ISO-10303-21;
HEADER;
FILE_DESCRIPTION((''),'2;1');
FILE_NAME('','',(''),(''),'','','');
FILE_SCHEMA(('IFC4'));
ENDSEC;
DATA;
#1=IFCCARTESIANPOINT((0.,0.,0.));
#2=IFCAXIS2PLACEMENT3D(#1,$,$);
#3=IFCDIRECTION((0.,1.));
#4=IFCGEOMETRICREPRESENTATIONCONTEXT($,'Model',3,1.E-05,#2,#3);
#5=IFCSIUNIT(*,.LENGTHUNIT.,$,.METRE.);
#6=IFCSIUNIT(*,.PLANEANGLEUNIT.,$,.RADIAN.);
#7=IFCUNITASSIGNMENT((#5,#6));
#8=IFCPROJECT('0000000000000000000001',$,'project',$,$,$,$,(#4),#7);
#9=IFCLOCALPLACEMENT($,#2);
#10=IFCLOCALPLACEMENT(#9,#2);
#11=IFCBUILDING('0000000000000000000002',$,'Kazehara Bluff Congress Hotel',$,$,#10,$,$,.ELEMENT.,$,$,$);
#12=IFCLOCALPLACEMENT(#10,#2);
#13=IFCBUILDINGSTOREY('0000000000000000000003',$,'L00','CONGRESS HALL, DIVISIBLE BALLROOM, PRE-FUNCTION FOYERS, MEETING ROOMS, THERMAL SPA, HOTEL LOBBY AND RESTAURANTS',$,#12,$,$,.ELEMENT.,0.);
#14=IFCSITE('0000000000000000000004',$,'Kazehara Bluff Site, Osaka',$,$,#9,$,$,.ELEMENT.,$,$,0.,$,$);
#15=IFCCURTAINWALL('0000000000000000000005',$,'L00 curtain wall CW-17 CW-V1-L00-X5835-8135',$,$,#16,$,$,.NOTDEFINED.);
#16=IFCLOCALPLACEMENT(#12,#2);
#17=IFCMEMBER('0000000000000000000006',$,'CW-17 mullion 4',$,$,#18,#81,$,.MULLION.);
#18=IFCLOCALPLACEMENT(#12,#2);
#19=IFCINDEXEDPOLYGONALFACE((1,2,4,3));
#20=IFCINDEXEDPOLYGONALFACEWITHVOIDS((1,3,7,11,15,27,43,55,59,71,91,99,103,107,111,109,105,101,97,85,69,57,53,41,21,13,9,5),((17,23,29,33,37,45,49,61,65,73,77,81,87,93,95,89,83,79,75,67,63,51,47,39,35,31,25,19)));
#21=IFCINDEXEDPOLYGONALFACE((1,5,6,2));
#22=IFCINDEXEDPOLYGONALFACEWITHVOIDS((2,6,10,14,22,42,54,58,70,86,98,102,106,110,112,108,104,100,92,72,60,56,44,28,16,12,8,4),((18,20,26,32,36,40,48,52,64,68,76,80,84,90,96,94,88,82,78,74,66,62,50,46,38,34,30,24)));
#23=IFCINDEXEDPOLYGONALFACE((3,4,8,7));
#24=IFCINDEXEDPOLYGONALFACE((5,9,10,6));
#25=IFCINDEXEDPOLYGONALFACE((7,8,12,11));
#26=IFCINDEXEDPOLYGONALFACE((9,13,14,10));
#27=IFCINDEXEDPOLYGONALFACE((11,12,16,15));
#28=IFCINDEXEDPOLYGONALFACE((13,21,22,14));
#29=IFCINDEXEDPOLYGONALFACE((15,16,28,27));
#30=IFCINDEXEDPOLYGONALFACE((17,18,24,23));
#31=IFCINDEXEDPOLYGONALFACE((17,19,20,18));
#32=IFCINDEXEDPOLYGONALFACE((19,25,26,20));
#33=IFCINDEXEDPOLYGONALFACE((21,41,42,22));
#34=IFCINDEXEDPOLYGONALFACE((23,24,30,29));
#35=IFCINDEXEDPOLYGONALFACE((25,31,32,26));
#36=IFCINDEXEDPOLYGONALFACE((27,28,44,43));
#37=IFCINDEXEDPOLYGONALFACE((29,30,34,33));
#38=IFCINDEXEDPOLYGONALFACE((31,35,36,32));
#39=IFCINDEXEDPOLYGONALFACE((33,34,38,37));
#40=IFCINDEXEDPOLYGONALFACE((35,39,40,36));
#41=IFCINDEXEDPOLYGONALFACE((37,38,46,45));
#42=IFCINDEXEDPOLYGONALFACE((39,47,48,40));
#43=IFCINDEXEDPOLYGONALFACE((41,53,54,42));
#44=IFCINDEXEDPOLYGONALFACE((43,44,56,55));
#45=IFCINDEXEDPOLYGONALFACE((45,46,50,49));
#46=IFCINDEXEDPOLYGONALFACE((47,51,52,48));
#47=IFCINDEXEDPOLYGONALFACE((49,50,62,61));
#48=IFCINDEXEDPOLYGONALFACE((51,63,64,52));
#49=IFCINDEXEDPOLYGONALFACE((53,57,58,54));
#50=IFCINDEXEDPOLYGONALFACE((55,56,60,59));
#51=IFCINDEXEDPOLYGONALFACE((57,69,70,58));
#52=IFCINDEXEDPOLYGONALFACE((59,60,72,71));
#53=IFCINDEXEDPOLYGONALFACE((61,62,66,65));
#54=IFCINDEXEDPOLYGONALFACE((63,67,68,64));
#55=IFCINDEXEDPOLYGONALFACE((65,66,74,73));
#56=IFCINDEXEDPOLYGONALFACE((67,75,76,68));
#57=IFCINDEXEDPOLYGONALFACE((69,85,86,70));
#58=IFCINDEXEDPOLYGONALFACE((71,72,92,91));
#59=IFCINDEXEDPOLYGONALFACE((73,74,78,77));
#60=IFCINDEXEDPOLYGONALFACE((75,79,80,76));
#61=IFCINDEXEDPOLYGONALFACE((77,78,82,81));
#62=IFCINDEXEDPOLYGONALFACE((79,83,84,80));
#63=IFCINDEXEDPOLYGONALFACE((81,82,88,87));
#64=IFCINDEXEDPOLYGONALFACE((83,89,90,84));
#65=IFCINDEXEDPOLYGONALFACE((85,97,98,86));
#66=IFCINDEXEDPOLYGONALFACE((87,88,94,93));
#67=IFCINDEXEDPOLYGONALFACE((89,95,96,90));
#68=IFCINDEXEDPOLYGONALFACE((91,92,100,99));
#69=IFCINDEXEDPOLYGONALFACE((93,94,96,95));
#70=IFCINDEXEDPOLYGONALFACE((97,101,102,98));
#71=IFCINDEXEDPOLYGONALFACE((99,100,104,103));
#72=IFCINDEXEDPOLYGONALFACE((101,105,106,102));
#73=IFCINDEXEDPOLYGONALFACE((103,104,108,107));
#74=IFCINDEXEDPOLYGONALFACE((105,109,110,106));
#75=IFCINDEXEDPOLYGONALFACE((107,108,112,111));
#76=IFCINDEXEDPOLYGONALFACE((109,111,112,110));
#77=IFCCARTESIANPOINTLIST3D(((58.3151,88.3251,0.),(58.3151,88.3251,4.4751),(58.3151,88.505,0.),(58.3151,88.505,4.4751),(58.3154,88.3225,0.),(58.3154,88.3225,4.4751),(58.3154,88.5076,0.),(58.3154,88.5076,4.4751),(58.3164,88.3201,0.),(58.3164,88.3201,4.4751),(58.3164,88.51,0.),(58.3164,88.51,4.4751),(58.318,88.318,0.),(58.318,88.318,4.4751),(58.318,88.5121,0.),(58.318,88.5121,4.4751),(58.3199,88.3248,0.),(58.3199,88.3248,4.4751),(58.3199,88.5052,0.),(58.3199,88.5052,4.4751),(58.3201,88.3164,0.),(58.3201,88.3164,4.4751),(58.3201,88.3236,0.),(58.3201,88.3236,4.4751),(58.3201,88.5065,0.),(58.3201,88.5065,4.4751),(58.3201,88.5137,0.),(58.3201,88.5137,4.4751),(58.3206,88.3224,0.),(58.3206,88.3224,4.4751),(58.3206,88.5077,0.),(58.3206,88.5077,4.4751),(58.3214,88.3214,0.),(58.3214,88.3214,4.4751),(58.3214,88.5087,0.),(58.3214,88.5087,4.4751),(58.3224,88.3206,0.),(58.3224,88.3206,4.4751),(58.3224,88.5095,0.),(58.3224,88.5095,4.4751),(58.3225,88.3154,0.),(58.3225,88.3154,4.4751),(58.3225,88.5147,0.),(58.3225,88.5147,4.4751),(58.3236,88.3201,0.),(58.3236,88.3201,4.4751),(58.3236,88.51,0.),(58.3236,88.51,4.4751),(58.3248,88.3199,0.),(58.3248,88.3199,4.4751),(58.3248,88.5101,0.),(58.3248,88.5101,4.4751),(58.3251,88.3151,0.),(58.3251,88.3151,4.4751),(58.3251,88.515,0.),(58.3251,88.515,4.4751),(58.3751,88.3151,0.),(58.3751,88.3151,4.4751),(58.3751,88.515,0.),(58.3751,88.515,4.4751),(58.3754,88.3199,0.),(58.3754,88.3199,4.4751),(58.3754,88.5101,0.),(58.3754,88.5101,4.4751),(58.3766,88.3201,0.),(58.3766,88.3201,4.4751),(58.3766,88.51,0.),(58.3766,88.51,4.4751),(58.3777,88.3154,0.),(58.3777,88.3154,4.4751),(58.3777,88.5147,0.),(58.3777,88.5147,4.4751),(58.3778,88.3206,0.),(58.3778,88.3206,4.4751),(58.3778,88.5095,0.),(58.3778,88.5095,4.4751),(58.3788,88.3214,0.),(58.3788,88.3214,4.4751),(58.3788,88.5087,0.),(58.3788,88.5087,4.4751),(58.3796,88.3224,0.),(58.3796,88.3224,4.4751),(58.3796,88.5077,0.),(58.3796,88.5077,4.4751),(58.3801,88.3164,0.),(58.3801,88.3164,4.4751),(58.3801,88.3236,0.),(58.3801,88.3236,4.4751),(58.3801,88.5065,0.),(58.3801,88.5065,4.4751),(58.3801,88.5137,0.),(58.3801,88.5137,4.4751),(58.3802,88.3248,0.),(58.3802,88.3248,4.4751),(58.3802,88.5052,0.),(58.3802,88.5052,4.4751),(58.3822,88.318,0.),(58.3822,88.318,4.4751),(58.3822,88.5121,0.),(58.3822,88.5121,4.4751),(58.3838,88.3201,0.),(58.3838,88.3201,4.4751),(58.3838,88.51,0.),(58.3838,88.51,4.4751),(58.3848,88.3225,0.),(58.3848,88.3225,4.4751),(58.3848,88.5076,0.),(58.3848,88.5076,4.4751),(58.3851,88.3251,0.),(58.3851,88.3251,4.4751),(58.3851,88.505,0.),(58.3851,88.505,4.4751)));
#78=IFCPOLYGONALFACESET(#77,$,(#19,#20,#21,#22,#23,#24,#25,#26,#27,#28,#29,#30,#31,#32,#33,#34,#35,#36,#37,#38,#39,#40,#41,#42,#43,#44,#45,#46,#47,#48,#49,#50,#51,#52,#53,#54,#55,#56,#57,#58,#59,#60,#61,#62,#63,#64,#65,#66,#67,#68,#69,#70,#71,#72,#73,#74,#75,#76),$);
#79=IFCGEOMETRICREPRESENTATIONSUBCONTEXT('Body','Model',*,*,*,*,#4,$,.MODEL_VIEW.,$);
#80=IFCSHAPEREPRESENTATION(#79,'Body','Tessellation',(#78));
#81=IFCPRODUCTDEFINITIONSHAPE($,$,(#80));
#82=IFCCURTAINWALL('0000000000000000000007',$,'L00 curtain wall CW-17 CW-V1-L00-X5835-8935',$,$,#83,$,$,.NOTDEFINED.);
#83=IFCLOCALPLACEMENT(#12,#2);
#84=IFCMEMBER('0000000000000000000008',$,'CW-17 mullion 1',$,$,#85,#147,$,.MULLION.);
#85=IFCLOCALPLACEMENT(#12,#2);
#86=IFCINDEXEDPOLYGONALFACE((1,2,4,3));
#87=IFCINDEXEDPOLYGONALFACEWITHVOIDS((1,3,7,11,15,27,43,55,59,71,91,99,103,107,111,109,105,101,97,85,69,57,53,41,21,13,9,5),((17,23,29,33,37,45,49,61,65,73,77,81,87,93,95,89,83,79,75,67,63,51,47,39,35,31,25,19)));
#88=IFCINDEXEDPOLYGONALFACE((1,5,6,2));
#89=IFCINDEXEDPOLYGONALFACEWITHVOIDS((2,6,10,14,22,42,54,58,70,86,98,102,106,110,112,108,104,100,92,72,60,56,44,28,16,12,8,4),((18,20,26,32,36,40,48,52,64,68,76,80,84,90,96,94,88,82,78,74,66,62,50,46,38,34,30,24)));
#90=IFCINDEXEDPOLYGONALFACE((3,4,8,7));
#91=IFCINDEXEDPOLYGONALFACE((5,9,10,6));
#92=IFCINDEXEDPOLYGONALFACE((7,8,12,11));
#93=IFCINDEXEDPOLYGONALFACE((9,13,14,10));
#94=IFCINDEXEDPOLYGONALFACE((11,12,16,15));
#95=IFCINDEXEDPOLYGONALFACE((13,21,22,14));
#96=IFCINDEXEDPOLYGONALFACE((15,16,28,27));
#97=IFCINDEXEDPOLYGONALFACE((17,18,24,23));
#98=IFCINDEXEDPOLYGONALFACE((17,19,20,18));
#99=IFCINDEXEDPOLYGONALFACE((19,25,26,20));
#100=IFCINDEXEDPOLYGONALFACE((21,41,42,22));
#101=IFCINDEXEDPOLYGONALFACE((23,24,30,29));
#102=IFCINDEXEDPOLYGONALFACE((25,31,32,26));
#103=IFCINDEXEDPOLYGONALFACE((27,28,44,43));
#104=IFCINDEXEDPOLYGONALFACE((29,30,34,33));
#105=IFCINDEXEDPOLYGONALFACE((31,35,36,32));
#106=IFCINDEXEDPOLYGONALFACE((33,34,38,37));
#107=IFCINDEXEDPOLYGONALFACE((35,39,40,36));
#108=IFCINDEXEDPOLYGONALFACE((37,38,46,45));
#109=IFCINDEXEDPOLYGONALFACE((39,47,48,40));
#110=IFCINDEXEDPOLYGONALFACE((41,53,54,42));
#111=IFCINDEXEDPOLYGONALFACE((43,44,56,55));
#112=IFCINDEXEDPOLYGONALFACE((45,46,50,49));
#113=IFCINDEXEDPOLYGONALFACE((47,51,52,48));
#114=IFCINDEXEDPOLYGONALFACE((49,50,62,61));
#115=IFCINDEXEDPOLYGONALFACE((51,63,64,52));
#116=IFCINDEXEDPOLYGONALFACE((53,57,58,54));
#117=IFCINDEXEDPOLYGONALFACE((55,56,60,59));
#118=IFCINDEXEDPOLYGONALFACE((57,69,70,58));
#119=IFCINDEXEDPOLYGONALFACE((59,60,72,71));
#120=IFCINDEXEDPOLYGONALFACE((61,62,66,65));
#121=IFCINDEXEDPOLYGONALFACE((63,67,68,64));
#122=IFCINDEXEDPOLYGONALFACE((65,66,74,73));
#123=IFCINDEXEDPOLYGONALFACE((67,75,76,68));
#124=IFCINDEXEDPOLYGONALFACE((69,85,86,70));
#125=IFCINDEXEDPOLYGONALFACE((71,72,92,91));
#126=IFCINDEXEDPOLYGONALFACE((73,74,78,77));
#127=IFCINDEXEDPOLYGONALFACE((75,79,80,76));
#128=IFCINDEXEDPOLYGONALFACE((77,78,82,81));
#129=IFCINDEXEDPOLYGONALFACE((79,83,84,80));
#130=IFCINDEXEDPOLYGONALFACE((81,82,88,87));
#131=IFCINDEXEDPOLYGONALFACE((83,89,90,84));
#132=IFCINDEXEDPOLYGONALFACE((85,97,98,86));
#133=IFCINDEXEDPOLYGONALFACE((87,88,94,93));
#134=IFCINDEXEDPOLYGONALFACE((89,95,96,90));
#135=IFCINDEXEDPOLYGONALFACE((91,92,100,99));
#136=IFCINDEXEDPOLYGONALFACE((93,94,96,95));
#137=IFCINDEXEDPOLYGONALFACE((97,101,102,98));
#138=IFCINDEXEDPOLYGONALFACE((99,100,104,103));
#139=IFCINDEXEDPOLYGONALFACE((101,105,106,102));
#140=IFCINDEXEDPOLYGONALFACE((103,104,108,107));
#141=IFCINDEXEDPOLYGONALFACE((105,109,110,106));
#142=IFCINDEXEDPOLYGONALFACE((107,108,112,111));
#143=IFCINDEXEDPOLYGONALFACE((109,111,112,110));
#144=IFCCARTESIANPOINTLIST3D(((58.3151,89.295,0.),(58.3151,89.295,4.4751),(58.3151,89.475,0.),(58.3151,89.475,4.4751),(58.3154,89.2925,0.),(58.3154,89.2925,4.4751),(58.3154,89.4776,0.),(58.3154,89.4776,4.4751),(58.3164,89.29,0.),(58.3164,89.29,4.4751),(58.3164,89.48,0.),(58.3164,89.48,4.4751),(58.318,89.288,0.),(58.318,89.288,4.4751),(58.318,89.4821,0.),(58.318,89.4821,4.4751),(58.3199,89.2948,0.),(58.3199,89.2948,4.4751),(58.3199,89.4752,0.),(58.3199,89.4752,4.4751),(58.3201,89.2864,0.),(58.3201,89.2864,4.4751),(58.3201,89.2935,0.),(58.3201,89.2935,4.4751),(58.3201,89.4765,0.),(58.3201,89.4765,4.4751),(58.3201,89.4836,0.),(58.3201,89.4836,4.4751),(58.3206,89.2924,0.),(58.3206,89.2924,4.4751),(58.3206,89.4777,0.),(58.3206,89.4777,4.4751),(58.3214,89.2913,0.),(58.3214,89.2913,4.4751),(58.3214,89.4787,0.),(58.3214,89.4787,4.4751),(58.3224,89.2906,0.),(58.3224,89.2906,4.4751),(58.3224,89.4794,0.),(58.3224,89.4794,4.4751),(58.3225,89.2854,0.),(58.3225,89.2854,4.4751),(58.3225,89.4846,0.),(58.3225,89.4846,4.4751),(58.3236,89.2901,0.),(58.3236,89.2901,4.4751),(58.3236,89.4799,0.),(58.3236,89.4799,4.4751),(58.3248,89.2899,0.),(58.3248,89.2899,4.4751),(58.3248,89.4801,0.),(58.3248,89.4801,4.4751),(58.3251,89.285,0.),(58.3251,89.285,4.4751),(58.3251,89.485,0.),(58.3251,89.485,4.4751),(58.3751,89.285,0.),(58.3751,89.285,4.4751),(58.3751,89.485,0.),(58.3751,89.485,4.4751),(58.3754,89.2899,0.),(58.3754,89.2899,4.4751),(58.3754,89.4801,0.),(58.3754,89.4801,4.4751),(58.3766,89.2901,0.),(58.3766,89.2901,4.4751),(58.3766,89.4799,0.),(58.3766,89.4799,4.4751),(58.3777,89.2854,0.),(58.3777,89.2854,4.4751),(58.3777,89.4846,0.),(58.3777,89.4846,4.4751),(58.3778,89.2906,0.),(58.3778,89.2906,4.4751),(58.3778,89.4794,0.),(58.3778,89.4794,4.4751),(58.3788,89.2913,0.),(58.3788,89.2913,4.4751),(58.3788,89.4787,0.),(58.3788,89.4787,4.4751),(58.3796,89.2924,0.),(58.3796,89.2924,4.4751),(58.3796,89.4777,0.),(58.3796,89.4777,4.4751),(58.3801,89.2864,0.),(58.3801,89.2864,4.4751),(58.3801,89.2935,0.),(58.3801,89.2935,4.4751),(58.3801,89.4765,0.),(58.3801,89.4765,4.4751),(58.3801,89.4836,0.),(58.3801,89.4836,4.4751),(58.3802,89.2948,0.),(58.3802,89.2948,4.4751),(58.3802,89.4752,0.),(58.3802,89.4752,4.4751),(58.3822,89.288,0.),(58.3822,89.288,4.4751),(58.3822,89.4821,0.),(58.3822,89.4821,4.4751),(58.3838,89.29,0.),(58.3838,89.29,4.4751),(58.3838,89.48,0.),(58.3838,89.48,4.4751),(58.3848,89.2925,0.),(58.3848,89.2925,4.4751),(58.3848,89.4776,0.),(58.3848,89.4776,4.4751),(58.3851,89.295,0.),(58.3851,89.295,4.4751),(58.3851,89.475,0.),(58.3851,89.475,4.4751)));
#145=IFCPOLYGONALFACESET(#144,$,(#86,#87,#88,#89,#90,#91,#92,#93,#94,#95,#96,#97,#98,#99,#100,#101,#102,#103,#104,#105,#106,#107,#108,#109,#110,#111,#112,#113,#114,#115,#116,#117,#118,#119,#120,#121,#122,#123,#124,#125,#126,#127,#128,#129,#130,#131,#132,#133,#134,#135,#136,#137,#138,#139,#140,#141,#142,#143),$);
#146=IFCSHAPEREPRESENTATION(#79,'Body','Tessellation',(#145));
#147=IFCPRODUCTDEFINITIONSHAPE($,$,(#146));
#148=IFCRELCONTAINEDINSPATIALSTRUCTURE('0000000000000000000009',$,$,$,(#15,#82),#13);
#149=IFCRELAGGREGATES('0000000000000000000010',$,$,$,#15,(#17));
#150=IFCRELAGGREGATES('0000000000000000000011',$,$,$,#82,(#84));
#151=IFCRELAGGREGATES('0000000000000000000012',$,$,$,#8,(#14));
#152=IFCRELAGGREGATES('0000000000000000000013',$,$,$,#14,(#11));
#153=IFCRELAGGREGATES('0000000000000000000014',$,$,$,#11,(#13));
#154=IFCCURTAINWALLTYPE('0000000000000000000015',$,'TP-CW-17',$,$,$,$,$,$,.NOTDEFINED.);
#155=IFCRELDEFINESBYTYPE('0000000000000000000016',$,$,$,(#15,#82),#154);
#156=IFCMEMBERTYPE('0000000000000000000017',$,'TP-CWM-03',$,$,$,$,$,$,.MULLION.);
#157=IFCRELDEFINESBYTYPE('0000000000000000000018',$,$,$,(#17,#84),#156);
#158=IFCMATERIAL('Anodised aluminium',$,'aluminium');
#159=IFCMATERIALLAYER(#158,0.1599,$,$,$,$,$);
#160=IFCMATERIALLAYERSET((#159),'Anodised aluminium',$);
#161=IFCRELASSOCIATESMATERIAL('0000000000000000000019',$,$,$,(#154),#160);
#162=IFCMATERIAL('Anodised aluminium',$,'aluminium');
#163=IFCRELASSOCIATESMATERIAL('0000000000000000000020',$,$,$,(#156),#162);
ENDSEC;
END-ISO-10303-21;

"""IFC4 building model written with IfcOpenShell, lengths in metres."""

from ifc_helpers import new_model, si_unit, direction, frame, origin, origin_2d, place, context, subcontext, project, spatial, hollow_rectangle, extrude, material, layer, layer_set, material_profile, profile_set, type_object, element, aggregate, save


model = new_model("IFC4")

# Units and contexts
model_context = context("Model", 3, precision=1e-05, world=origin(), true_north=direction((0.0, 1.0)))
body_context = subcontext(model_context, "Body", "Model", "MODEL_VIEW")
ifc_project = project(units=[si_unit("LENGTHUNIT", "METRE"), si_unit("PLANEANGLEUNIT", "RADIAN")], contexts=[model_context])

# Site, building, storey
site_placement = place(None, origin())
site = spatial("IfcSite", under=ifc_project, at=site_placement, Name="Kazehara Bluff Site, Osaka", CompositionType="ELEMENT", RefElevation=0.0)
building_placement = place(site_placement, origin())
building = spatial("IfcBuilding", under=site, at=building_placement, Name="Kazehara Bluff Congress Hotel", CompositionType="ELEMENT")
storey_placement = place(building_placement, origin())
storey = spatial("IfcBuildingStorey", under=building, at=storey_placement, Name="L00", Description="CONGRESS HALL, DIVISIBLE BALLROOM, PRE-FUNCTION FOYERS, MEETING ROOMS, THERMAL SPA, HOTEL LOBBY AND RESTAURANTS", CompositionType="ELEMENT", Elevation=0.0)

# Curtain wall, member
ifc_material_1 = material(Name="Anodised aluminium", Category="aluminium")
ifc_layer_1 = layer(ifc_material_1, 0.1599)
ifc_layer_set_1 = layer_set([ifc_layer_1], Name="Anodised aluminium")
curtain_wall_type = type_object("IfcCurtainWallType", Name="TP-CW-17", PredefinedType="NOTDEFINED", material=ifc_layer_set_1)
curtain_wall_1_placement = place(storey_placement, origin())
curtain_wall_1 = element("IfcCurtainWall", 1, at=curtain_wall_1_placement, inside=storey, type_object=curtain_wall_type, Name="L00 curtain wall CW-17 CW-V1-L00-X5835-8135", PredefinedType="NOTDEFINED")
ifc_material_2 = material(Name="Anodised aluminium", Category="aluminium")
ifc_material_profile_1 = material_profile(ifc_material_2, hollow_rectangle(XDim=0.0701, YDim=0.2, WallThickness=0.0049, InnerFilletRadius=0.0049, OuterFilletRadius=0.01, at=origin_2d()))
ifc_profile_set_1 = profile_set([ifc_material_profile_1], Name="Anodised aluminium")
member_type_1 = type_object("IfcMemberType", Name="TP-CWM-03", PredefinedType="MULLION", material=ifc_profile_set_1)
member_1_placement = place(storey_placement, frame((58.3501, 88.415, 0.0), z_axis=(0.0, 0.0, 1.0), x_axis=(-1.0, 0.0, 0.0)))
member_1 = element("IfcMember", 2, at=member_1_placement, type_object=member_type_1, Name="CW-17 mullion 4", PredefinedType="MULLION", context=body_context, shape_type="SweptSolid", body=[
    extrude(hollow_rectangle(XDim=0.0701, YDim=0.2, WallThickness=0.0049, InnerFilletRadius=0.0049, OuterFilletRadius=0.01, at=origin_2d()), origin(), (0.0, 0.0, 1.0), 4.4751),
])
aggregate(curtain_wall_1, [member_1])

# Curtain wall, member
curtain_wall_2_placement = place(storey_placement, origin())
curtain_wall_2 = element("IfcCurtainWall", 3, at=curtain_wall_2_placement, inside=storey, type_object=curtain_wall_type, Name="L00 curtain wall CW-17 CW-V1-L00-X5835-8935", PredefinedType="NOTDEFINED")
member_2_placement = place(storey_placement, frame((58.3501, 89.385, 0.0), z_axis=(0.0, 0.0, 1.0), x_axis=(-1.0, 0.0, 0.0)))
member_2 = element("IfcMember", 4, at=member_2_placement, type_object=member_type_1, Name="CW-17 mullion 1", PredefinedType="MULLION", context=body_context, shape_type="SweptSolid", body=[
    extrude(hollow_rectangle(XDim=0.0701, YDim=0.2, WallThickness=0.0049, InnerFilletRadius=0.0049, OuterFilletRadius=0.01, at=origin_2d()), origin(), (0.0, 0.0, 1.0), 4.4751),
])

aggregate(curtain_wall_2, [member_2])

save(model, "model.ifc")
